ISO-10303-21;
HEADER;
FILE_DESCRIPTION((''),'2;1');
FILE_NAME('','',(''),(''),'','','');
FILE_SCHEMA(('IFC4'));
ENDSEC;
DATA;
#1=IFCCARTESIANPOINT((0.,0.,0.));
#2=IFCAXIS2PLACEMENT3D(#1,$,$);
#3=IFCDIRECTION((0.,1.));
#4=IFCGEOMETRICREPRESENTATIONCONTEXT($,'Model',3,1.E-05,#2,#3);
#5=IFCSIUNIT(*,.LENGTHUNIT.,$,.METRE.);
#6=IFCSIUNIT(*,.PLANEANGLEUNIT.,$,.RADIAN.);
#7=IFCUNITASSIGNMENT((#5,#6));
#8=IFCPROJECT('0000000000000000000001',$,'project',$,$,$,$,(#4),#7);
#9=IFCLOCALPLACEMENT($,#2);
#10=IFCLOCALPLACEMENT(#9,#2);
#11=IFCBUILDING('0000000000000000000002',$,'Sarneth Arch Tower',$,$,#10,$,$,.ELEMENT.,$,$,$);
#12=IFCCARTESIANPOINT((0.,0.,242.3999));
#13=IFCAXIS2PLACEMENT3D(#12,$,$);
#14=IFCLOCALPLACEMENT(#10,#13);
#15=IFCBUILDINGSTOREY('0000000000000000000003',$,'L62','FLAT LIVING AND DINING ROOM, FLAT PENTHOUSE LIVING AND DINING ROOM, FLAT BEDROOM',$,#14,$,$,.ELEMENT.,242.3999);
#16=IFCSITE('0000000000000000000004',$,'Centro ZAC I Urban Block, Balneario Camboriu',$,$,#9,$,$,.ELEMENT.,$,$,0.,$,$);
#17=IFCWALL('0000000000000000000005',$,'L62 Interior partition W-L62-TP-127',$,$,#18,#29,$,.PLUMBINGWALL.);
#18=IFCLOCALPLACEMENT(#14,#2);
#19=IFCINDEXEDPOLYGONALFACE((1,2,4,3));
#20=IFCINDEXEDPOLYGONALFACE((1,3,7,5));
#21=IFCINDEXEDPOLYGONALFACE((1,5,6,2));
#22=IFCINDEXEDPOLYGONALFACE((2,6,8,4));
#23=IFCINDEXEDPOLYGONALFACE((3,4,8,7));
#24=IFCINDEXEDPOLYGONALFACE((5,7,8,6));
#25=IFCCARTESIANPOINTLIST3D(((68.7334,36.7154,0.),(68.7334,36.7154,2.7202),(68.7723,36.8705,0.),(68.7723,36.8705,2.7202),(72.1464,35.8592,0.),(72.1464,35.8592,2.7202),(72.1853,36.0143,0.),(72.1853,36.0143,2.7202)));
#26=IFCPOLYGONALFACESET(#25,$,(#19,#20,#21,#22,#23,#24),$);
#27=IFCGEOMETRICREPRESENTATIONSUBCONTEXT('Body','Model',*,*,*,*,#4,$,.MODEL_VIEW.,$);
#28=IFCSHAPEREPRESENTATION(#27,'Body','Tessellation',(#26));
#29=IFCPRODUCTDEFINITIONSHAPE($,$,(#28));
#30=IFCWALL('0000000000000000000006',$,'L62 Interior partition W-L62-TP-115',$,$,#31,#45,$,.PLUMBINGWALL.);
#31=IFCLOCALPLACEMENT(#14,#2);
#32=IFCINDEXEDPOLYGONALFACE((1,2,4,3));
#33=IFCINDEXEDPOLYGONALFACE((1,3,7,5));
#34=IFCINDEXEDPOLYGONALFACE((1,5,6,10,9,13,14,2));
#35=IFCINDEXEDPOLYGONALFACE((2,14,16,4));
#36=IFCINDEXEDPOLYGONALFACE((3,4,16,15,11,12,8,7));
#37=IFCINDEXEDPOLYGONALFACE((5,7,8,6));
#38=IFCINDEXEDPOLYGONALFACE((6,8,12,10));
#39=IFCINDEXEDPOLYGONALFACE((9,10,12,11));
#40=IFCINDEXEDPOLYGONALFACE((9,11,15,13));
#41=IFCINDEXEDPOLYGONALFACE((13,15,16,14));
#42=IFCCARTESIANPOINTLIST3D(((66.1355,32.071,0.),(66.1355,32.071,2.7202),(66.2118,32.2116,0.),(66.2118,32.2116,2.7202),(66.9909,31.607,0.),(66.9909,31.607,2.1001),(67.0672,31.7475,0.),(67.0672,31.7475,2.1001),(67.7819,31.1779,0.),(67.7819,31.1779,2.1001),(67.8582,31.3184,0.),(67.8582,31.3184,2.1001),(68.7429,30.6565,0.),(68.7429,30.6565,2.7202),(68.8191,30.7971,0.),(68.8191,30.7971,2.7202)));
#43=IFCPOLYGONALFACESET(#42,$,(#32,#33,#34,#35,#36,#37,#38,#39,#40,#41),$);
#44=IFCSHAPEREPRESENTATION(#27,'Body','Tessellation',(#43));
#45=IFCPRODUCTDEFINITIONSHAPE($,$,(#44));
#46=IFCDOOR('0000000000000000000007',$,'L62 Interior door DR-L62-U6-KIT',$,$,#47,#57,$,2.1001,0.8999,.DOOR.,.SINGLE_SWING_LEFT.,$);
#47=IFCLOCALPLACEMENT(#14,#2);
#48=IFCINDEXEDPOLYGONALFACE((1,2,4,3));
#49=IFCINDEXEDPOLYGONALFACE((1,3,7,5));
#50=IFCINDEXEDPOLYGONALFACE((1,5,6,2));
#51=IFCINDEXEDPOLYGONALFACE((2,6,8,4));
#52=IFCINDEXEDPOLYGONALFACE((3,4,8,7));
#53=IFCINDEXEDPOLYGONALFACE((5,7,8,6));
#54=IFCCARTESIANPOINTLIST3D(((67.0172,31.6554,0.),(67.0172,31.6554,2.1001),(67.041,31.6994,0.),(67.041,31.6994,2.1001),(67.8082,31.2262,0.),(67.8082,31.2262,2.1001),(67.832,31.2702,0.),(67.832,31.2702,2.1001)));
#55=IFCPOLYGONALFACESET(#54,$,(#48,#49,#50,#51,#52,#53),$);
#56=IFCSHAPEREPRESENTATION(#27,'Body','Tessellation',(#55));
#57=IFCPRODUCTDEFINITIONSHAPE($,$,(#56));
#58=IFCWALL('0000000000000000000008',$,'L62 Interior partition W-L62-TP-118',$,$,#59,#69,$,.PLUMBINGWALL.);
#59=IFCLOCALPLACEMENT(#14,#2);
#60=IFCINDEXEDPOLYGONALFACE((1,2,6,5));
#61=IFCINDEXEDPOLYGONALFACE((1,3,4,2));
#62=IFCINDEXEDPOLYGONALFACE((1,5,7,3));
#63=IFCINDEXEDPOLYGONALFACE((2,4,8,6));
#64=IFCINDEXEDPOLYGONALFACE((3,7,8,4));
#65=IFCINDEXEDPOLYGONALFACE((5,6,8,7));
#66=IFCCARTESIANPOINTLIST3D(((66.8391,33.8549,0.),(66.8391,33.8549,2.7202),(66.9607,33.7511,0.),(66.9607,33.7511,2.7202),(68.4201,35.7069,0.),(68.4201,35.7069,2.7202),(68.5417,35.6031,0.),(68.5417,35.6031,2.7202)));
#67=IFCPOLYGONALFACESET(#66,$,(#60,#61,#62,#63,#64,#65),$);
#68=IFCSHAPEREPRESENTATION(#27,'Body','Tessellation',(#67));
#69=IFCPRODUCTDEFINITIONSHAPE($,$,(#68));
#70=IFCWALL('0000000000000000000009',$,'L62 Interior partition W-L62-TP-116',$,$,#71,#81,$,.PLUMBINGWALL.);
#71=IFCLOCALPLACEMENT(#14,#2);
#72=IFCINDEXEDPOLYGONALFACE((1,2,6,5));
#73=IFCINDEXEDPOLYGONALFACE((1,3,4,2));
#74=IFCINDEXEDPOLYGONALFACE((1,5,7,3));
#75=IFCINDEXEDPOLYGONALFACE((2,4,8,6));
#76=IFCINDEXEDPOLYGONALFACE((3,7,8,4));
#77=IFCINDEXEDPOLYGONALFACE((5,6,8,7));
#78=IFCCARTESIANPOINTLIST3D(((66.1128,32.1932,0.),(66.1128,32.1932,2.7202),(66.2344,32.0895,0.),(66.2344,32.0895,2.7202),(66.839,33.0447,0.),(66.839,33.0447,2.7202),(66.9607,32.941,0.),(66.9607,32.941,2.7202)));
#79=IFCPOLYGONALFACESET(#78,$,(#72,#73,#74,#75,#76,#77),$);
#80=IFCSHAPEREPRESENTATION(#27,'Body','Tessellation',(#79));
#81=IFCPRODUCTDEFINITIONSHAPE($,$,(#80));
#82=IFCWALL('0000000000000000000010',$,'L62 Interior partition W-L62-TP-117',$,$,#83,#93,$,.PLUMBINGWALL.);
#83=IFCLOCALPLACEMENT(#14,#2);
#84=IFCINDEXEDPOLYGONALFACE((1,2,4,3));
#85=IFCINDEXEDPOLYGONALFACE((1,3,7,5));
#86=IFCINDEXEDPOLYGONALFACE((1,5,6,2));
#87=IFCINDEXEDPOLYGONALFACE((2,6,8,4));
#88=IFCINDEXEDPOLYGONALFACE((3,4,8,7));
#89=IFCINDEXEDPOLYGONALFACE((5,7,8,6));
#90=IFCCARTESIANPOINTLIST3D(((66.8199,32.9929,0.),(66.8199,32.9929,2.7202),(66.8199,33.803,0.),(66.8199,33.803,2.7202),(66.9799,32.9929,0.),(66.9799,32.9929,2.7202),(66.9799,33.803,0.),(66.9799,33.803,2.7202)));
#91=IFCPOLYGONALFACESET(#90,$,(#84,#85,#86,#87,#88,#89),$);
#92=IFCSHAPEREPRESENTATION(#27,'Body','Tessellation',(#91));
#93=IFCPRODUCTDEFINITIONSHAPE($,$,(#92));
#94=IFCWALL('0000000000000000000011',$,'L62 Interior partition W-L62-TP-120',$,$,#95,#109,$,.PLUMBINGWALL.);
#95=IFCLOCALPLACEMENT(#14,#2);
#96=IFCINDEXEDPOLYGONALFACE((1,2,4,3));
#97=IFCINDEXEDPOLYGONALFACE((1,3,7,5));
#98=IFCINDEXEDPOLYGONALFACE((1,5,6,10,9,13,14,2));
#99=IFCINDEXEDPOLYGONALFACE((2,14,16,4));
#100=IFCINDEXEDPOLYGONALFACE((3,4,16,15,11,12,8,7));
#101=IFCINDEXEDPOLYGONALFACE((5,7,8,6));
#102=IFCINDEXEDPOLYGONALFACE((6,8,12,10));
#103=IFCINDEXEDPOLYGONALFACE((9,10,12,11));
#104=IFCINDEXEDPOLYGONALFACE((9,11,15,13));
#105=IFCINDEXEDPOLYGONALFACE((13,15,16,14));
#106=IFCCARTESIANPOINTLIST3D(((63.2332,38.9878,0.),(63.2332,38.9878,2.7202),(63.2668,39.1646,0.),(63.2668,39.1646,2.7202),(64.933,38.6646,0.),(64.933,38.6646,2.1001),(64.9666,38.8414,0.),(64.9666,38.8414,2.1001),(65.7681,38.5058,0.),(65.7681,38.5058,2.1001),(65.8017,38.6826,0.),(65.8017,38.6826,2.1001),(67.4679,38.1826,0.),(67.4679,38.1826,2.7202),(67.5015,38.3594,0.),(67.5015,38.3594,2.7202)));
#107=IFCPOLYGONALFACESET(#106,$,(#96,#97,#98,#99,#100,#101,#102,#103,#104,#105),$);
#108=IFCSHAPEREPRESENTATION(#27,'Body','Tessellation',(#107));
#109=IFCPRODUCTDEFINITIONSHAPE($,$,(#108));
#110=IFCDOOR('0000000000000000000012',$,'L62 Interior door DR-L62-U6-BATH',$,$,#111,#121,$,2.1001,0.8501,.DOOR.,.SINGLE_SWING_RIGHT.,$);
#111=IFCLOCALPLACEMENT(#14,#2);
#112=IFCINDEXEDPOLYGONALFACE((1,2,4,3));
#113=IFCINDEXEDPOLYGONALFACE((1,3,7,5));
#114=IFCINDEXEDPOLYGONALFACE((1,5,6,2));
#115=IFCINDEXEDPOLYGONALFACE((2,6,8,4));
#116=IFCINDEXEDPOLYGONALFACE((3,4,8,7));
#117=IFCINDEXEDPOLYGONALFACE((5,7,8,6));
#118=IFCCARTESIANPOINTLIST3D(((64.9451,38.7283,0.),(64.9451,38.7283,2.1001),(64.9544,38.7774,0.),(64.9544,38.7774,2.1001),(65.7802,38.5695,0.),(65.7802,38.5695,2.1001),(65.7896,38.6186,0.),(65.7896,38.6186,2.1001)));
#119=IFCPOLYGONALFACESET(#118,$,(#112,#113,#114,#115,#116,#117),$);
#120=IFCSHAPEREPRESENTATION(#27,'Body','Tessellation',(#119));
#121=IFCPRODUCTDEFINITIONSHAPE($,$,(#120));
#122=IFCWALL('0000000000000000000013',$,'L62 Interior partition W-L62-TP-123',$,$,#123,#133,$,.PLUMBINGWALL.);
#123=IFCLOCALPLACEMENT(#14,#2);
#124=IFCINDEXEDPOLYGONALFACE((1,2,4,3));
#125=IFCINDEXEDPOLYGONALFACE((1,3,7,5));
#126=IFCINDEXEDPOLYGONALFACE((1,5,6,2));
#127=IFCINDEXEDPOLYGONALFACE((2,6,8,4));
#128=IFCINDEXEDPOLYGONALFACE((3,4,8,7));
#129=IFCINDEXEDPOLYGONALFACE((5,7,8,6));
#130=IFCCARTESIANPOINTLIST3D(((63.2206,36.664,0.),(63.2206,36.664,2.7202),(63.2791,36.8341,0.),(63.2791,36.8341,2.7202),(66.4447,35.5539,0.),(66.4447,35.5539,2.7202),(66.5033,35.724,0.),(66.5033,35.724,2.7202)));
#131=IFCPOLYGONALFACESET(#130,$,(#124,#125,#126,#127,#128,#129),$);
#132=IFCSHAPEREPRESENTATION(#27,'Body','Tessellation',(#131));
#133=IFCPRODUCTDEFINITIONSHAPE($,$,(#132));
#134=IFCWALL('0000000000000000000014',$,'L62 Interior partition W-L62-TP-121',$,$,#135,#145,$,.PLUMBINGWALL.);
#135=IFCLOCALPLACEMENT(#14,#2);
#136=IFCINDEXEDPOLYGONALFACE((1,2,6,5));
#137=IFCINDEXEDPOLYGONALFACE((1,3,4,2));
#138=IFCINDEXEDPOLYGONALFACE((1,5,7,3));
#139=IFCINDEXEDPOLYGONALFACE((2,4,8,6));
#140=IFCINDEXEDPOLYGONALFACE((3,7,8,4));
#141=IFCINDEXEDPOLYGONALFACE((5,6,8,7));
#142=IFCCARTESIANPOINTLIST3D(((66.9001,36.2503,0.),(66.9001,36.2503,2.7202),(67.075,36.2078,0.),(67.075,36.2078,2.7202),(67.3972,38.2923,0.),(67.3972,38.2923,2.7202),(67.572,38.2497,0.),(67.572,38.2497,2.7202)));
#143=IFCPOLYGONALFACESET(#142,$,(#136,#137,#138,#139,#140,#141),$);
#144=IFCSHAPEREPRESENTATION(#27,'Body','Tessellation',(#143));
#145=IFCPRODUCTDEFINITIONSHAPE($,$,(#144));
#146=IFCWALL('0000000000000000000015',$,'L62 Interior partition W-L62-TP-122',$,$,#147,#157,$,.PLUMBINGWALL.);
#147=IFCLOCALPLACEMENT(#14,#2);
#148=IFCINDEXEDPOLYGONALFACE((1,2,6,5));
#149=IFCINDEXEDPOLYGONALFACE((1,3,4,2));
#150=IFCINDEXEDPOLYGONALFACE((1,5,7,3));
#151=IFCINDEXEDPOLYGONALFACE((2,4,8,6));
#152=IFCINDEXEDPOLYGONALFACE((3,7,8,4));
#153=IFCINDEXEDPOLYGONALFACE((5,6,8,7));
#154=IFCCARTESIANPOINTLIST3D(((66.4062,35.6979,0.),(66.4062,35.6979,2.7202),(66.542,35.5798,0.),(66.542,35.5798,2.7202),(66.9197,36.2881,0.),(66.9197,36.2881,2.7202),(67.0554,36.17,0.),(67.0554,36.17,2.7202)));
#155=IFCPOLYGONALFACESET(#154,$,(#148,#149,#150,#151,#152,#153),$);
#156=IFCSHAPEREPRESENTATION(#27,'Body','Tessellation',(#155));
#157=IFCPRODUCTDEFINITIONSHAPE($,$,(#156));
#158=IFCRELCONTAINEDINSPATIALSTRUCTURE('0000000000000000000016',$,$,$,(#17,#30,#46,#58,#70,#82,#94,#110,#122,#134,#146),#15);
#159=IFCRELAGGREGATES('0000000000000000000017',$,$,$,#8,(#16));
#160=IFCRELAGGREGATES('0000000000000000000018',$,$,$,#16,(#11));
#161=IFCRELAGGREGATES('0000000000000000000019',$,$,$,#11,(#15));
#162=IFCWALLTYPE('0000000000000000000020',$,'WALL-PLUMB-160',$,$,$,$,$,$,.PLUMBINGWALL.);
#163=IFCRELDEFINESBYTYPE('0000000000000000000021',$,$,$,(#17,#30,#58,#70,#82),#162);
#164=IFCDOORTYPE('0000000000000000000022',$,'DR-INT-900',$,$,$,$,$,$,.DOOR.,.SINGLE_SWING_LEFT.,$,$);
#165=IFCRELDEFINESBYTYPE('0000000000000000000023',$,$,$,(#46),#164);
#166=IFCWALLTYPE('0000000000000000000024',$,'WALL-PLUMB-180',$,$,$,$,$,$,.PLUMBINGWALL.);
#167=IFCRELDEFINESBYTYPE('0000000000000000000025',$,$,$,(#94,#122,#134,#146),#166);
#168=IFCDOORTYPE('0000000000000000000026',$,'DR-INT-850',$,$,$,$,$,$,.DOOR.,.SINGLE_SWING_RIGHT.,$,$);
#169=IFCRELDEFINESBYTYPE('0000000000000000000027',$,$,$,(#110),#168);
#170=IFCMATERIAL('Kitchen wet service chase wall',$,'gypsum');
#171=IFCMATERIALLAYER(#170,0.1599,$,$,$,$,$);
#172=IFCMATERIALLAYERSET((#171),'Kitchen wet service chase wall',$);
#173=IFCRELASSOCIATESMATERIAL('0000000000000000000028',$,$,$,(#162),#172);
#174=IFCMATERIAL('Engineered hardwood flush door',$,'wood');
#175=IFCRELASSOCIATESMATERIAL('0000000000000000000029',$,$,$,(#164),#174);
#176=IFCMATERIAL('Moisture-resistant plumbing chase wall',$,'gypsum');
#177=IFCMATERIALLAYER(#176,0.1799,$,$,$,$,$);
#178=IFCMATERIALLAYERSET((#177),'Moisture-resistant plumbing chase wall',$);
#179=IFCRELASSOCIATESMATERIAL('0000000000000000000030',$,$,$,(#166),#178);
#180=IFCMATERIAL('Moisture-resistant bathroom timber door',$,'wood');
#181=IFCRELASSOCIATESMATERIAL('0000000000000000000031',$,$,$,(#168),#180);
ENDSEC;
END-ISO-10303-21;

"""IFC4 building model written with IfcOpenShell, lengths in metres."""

from ifc_helpers import new_model, si_unit, direction, frame, frame_2d, origin, place, context, subcontext, project, spatial, rectangle, extrude, material, layer, layer_set, type_object, element, fill, save


model = new_model("IFC4")

# Units and contexts
model_context = context("Model", 3, precision=1e-05, world=origin(), true_north=direction((0.0, 1.0)))
body_context = subcontext(model_context, "Body", "Model", "MODEL_VIEW")
ifc_project = project(units=[si_unit("LENGTHUNIT", "METRE"), si_unit("PLANEANGLEUNIT", "RADIAN")], contexts=[model_context])

# Site, building, storey
site_placement = place(None, origin())
site = spatial("IfcSite", under=ifc_project, at=site_placement, Name="Centro ZAC I Urban Block, Balneario Camboriu", CompositionType="ELEMENT", RefElevation=0.0)
building_placement = place(site_placement, origin())
building = spatial("IfcBuilding", under=site, at=building_placement, Name="Sarneth Arch Tower", CompositionType="ELEMENT")
storey_placement = place(building_placement, frame((0.0, 0.0, 242.3999)))
storey = spatial("IfcBuildingStorey", under=building, at=storey_placement, Name="L62", Description="FLAT LIVING AND DINING ROOM, FLAT PENTHOUSE LIVING AND DINING ROOM, FLAT BEDROOM", CompositionType="ELEMENT", Elevation=242.3999)

# Wall
ifc_material_1 = material(Name="Kitchen wet service chase wall", Category="gypsum")
ifc_layer_1 = layer(ifc_material_1, 0.1599)
ifc_layer_set_1 = layer_set([ifc_layer_1], Name="Kitchen wet service chase wall")
wall_type_1 = type_object("IfcWallType", Name="WALL-PLUMB-160", PredefinedType="PLUMBINGWALL", material=ifc_layer_set_1)
wall_1_placement = place(storey_placement, frame((72.1658, 35.9368, 0.0), z_axis=(0.0, 0.0, 1.0), x_axis=(-0.969946, 0.243319, 0.0)))
element("IfcWall", 1, at=wall_1_placement, inside=storey, type_object=wall_type_1, Name="L62 Interior partition W-L62-TP-127", PredefinedType="PLUMBINGWALL", context=body_context, shape_type="SweptSolid", body=[
    extrude(rectangle(XDim=3.5188, YDim=0.1599, at=frame_2d((1.7593, 0.0))), origin(), (0.0, 0.0, 1.0), 2.7202),
])

# Wall, opening, door
wall_2_placement = place(storey_placement, frame((68.781, 30.7268, 0.0), z_axis=(0.0, 0.0, 1.0), x_axis=(-0.878982, 0.476856, 0.0)))
wall_2 = element("IfcWall", 2, at=wall_2_placement, inside=storey, type_object=wall_type_1, Name="L62 Interior partition W-L62-TP-115", PredefinedType="PLUMBINGWALL", context=body_context, shape_type="SweptSolid", body=[
    extrude(rectangle(XDim=2.9663, YDim=0.1599, at=frame_2d((1.4832, 0.0))), origin(), (0.0, 0.0, 1.0), 2.7202),
])
opening_1_placement = place(wall_2_placement, frame((1.0933, 0.0, 0.0)))
opening_1 = element("IfcOpeningElement", 3, at=opening_1_placement, cuts=wall_2, PredefinedType="OPENING", context=body_context, shape_type="SweptSolid", body=[
    extrude(rectangle(XDim=0.8999, YDim=2.1001, at=frame_2d((0.45, 1.05))), frame((0.0, 0.0898, 0.0), z_axis=(0.0, -1.0, 0.0), x_axis=(1.0, 0.0, 0.0)), (0.0, 0.0, 1.0), 0.1799),
])
ifc_material_2 = material(Name="Engineered hardwood flush door", Category="wood")
door_type_1 = type_object("IfcDoorType", Name="DR-INT-900", OperationType="SINGLE_SWING_LEFT", PredefinedType="DOOR", material=ifc_material_2)
door_1_placement = place(opening_1_placement, origin())
door_1 = element("IfcDoor", 4, at=door_1_placement, inside=storey, type_object=door_type_1, Name="L62 Interior door DR-L62-U6-KIT", OperationType="SINGLE_SWING_LEFT", OverallHeight=2.1001, OverallWidth=0.8999, PredefinedType="DOOR", context=body_context, shape_type="SweptSolid", body=[
    extrude(rectangle(XDim=0.8999, YDim=2.1001, at=frame_2d((0.45, 1.05))), frame((0.0, 0.0249, 0.0), z_axis=(0.0, -1.0, 0.0), x_axis=(1.0, 0.0, 0.0)), (0.0, 0.0, 1.0), 0.05),
])
fill(opening_1, door_1)

# Walls
wall_3_placement = place(storey_placement, frame((66.8999, 33.803, 0.0), z_axis=(0.0, 0.0, 1.0), x_axis=(0.649271, 0.760557, 0.0)))
element("IfcWall", 5, at=wall_3_placement, inside=storey, type_object=wall_type_1, Name="L62 Interior partition W-L62-TP-118", PredefinedType="PLUMBINGWALL", context=body_context, shape_type="SweptSolid", body=[
    extrude(rectangle(XDim=2.4351, YDim=0.1599, at=frame_2d((1.2175, 0.0))), origin(), (0.0, 0.0, 1.0), 2.7202),
])
wall_4_placement = place(storey_placement, frame((66.1736, 32.1414, 0.0), z_axis=(0.0, 0.0, 1.0), x_axis=(0.648939, 0.76084, 0.0)))
element("IfcWall", 6, at=wall_4_placement, inside=storey, type_object=wall_type_1, Name="L62 Interior partition W-L62-TP-116", PredefinedType="PLUMBINGWALL", context=body_context, shape_type="SweptSolid", body=[
    extrude(rectangle(XDim=1.1191, YDim=0.1599, at=frame_2d((0.5596, 0.0))), origin(), (0.0, 0.0, 1.0), 2.7202),
])
wall_5_placement = place(storey_placement, frame((66.8999, 32.9929, 0.0), z_axis=(0.0, 0.0, 1.0), x_axis=(0.0, 1.0, 0.0)))
element("IfcWall", 7, at=wall_5_placement, inside=storey, type_object=wall_type_1, Name="L62 Interior partition W-L62-TP-117", PredefinedType="PLUMBINGWALL", context=body_context, shape_type="SweptSolid", body=[
    extrude(rectangle(XDim=0.8101, YDim=0.1599, at=frame_2d((0.405, 0.0))), origin(), (0.0, 0.0, 1.0), 2.7202),
])

# Wall, opening, door
ifc_material_3 = material(Name="Moisture-resistant plumbing chase wall", Category="gypsum")
ifc_layer_2 = layer(ifc_material_3, 0.1799)
ifc_layer_set_2 = layer_set([ifc_layer_2], Name="Moisture-resistant plumbing chase wall")
wall_type_2 = type_object("IfcWallType", Name="WALL-PLUMB-180", PredefinedType="PLUMBINGWALL", material=ifc_layer_set_2)
wall_6_placement = place(storey_placement, frame((63.25, 39.0762, 0.0), z_axis=(0.0, 0.0, 1.0), x_axis=(0.982399, -0.186795, 0.0)))
wall_6 = element("IfcWall", 8, at=wall_6_placement, inside=storey, type_object=wall_type_2, Name="L62 Interior partition W-L62-TP-120", PredefinedType="PLUMBINGWALL", context=body_context, shape_type="SweptSolid", body=[
    extrude(rectangle(XDim=4.3105, YDim=0.1799, at=frame_2d((2.1553, 0.0))), origin(), (0.0, 0.0, 1.0), 2.7202),
])
opening_2_placement = place(wall_6_placement, frame((1.7302, 0.0, 0.0)))
opening_2 = element("IfcOpeningElement", 9, at=opening_2_placement, cuts=wall_6, PredefinedType="OPENING", context=body_context, shape_type="SweptSolid", body=[
    extrude(rectangle(XDim=0.8501, YDim=2.1001, at=frame_2d((0.425, 1.05))), frame((0.0, 0.0999, 0.0), z_axis=(0.0, -1.0, 0.0), x_axis=(1.0, 0.0, 0.0)), (0.0, 0.0, 1.0), 0.2),
])
ifc_material_4 = material(Name="Moisture-resistant bathroom timber door", Category="wood")
door_type_2 = type_object("IfcDoorType", Name="DR-INT-850", OperationType="SINGLE_SWING_RIGHT", PredefinedType="DOOR", material=ifc_material_4)
door_2_placement = place(opening_2_placement, origin())
door_2 = element("IfcDoor", 10, at=door_2_placement, inside=storey, type_object=door_type_2, Name="L62 Interior door DR-L62-U6-BATH", OperationType="SINGLE_SWING_RIGHT", OverallHeight=2.1001, OverallWidth=0.8501, PredefinedType="DOOR", context=body_context, shape_type="SweptSolid", body=[
    extrude(rectangle(XDim=0.8501, YDim=2.1001, at=frame_2d((0.425, 1.05))), frame((0.0, 0.0249, 0.0), z_axis=(0.0, -1.0, 0.0), x_axis=(1.0, 0.0, 0.0)), (0.0, 0.0, 1.0), 0.05),
])
fill(opening_2, door_2)

# Walls
wall_7_placement = place(storey_placement, frame((66.4741, 35.6389, 0.0), z_axis=(0.0, 0.0, 1.0), x_axis=(-0.945523, 0.325556, 0.0)))
element("IfcWall", 11, at=wall_7_placement, inside=storey, type_object=wall_type_2, Name="L62 Interior partition W-L62-TP-123", PredefinedType="PLUMBINGWALL", context=body_context, shape_type="SweptSolid", body=[
    extrude(rectangle(XDim=3.4099, YDim=0.1799, at=frame_2d((1.7051, 0.0))), origin(), (0.0, 0.0, 1.0), 2.7202),
])
wall_8_placement = place(storey_placement, frame((67.4846, 38.271, 0.0), z_axis=(0.0, 0.0, 1.0), x_axis=(-0.236518, -0.971627, 0.0)))
element("IfcWall", 12, at=wall_8_placement, inside=storey, type_object=wall_type_2, Name="L62 Interior partition W-L62-TP-121", PredefinedType="PLUMBINGWALL", context=body_context, shape_type="SweptSolid", body=[
    extrude(rectangle(XDim=2.1016, YDim=0.1799, at=frame_2d((1.0508, 0.0))), origin(), (0.0, 0.0, 1.0), 2.7202),
])
wall_9_placement = place(storey_placement, frame((66.9875, 36.229, 0.0), z_axis=(0.0, 0.0, 1.0), x_axis=(-0.656403, -0.754411, 0.0)))
element("IfcWall", 13, at=wall_9_placement, inside=storey, type_object=wall_type_2, Name="L62 Interior partition W-L62-TP-122", PredefinedType="PLUMBINGWALL", context=body_context, shape_type="SweptSolid", body=[
    extrude(rectangle(XDim=0.7822, YDim=0.1799, at=frame_2d((0.3911, 0.0))), origin(), (0.0, 0.0, 1.0), 2.7202),
])

save(model, "model.ifc")
